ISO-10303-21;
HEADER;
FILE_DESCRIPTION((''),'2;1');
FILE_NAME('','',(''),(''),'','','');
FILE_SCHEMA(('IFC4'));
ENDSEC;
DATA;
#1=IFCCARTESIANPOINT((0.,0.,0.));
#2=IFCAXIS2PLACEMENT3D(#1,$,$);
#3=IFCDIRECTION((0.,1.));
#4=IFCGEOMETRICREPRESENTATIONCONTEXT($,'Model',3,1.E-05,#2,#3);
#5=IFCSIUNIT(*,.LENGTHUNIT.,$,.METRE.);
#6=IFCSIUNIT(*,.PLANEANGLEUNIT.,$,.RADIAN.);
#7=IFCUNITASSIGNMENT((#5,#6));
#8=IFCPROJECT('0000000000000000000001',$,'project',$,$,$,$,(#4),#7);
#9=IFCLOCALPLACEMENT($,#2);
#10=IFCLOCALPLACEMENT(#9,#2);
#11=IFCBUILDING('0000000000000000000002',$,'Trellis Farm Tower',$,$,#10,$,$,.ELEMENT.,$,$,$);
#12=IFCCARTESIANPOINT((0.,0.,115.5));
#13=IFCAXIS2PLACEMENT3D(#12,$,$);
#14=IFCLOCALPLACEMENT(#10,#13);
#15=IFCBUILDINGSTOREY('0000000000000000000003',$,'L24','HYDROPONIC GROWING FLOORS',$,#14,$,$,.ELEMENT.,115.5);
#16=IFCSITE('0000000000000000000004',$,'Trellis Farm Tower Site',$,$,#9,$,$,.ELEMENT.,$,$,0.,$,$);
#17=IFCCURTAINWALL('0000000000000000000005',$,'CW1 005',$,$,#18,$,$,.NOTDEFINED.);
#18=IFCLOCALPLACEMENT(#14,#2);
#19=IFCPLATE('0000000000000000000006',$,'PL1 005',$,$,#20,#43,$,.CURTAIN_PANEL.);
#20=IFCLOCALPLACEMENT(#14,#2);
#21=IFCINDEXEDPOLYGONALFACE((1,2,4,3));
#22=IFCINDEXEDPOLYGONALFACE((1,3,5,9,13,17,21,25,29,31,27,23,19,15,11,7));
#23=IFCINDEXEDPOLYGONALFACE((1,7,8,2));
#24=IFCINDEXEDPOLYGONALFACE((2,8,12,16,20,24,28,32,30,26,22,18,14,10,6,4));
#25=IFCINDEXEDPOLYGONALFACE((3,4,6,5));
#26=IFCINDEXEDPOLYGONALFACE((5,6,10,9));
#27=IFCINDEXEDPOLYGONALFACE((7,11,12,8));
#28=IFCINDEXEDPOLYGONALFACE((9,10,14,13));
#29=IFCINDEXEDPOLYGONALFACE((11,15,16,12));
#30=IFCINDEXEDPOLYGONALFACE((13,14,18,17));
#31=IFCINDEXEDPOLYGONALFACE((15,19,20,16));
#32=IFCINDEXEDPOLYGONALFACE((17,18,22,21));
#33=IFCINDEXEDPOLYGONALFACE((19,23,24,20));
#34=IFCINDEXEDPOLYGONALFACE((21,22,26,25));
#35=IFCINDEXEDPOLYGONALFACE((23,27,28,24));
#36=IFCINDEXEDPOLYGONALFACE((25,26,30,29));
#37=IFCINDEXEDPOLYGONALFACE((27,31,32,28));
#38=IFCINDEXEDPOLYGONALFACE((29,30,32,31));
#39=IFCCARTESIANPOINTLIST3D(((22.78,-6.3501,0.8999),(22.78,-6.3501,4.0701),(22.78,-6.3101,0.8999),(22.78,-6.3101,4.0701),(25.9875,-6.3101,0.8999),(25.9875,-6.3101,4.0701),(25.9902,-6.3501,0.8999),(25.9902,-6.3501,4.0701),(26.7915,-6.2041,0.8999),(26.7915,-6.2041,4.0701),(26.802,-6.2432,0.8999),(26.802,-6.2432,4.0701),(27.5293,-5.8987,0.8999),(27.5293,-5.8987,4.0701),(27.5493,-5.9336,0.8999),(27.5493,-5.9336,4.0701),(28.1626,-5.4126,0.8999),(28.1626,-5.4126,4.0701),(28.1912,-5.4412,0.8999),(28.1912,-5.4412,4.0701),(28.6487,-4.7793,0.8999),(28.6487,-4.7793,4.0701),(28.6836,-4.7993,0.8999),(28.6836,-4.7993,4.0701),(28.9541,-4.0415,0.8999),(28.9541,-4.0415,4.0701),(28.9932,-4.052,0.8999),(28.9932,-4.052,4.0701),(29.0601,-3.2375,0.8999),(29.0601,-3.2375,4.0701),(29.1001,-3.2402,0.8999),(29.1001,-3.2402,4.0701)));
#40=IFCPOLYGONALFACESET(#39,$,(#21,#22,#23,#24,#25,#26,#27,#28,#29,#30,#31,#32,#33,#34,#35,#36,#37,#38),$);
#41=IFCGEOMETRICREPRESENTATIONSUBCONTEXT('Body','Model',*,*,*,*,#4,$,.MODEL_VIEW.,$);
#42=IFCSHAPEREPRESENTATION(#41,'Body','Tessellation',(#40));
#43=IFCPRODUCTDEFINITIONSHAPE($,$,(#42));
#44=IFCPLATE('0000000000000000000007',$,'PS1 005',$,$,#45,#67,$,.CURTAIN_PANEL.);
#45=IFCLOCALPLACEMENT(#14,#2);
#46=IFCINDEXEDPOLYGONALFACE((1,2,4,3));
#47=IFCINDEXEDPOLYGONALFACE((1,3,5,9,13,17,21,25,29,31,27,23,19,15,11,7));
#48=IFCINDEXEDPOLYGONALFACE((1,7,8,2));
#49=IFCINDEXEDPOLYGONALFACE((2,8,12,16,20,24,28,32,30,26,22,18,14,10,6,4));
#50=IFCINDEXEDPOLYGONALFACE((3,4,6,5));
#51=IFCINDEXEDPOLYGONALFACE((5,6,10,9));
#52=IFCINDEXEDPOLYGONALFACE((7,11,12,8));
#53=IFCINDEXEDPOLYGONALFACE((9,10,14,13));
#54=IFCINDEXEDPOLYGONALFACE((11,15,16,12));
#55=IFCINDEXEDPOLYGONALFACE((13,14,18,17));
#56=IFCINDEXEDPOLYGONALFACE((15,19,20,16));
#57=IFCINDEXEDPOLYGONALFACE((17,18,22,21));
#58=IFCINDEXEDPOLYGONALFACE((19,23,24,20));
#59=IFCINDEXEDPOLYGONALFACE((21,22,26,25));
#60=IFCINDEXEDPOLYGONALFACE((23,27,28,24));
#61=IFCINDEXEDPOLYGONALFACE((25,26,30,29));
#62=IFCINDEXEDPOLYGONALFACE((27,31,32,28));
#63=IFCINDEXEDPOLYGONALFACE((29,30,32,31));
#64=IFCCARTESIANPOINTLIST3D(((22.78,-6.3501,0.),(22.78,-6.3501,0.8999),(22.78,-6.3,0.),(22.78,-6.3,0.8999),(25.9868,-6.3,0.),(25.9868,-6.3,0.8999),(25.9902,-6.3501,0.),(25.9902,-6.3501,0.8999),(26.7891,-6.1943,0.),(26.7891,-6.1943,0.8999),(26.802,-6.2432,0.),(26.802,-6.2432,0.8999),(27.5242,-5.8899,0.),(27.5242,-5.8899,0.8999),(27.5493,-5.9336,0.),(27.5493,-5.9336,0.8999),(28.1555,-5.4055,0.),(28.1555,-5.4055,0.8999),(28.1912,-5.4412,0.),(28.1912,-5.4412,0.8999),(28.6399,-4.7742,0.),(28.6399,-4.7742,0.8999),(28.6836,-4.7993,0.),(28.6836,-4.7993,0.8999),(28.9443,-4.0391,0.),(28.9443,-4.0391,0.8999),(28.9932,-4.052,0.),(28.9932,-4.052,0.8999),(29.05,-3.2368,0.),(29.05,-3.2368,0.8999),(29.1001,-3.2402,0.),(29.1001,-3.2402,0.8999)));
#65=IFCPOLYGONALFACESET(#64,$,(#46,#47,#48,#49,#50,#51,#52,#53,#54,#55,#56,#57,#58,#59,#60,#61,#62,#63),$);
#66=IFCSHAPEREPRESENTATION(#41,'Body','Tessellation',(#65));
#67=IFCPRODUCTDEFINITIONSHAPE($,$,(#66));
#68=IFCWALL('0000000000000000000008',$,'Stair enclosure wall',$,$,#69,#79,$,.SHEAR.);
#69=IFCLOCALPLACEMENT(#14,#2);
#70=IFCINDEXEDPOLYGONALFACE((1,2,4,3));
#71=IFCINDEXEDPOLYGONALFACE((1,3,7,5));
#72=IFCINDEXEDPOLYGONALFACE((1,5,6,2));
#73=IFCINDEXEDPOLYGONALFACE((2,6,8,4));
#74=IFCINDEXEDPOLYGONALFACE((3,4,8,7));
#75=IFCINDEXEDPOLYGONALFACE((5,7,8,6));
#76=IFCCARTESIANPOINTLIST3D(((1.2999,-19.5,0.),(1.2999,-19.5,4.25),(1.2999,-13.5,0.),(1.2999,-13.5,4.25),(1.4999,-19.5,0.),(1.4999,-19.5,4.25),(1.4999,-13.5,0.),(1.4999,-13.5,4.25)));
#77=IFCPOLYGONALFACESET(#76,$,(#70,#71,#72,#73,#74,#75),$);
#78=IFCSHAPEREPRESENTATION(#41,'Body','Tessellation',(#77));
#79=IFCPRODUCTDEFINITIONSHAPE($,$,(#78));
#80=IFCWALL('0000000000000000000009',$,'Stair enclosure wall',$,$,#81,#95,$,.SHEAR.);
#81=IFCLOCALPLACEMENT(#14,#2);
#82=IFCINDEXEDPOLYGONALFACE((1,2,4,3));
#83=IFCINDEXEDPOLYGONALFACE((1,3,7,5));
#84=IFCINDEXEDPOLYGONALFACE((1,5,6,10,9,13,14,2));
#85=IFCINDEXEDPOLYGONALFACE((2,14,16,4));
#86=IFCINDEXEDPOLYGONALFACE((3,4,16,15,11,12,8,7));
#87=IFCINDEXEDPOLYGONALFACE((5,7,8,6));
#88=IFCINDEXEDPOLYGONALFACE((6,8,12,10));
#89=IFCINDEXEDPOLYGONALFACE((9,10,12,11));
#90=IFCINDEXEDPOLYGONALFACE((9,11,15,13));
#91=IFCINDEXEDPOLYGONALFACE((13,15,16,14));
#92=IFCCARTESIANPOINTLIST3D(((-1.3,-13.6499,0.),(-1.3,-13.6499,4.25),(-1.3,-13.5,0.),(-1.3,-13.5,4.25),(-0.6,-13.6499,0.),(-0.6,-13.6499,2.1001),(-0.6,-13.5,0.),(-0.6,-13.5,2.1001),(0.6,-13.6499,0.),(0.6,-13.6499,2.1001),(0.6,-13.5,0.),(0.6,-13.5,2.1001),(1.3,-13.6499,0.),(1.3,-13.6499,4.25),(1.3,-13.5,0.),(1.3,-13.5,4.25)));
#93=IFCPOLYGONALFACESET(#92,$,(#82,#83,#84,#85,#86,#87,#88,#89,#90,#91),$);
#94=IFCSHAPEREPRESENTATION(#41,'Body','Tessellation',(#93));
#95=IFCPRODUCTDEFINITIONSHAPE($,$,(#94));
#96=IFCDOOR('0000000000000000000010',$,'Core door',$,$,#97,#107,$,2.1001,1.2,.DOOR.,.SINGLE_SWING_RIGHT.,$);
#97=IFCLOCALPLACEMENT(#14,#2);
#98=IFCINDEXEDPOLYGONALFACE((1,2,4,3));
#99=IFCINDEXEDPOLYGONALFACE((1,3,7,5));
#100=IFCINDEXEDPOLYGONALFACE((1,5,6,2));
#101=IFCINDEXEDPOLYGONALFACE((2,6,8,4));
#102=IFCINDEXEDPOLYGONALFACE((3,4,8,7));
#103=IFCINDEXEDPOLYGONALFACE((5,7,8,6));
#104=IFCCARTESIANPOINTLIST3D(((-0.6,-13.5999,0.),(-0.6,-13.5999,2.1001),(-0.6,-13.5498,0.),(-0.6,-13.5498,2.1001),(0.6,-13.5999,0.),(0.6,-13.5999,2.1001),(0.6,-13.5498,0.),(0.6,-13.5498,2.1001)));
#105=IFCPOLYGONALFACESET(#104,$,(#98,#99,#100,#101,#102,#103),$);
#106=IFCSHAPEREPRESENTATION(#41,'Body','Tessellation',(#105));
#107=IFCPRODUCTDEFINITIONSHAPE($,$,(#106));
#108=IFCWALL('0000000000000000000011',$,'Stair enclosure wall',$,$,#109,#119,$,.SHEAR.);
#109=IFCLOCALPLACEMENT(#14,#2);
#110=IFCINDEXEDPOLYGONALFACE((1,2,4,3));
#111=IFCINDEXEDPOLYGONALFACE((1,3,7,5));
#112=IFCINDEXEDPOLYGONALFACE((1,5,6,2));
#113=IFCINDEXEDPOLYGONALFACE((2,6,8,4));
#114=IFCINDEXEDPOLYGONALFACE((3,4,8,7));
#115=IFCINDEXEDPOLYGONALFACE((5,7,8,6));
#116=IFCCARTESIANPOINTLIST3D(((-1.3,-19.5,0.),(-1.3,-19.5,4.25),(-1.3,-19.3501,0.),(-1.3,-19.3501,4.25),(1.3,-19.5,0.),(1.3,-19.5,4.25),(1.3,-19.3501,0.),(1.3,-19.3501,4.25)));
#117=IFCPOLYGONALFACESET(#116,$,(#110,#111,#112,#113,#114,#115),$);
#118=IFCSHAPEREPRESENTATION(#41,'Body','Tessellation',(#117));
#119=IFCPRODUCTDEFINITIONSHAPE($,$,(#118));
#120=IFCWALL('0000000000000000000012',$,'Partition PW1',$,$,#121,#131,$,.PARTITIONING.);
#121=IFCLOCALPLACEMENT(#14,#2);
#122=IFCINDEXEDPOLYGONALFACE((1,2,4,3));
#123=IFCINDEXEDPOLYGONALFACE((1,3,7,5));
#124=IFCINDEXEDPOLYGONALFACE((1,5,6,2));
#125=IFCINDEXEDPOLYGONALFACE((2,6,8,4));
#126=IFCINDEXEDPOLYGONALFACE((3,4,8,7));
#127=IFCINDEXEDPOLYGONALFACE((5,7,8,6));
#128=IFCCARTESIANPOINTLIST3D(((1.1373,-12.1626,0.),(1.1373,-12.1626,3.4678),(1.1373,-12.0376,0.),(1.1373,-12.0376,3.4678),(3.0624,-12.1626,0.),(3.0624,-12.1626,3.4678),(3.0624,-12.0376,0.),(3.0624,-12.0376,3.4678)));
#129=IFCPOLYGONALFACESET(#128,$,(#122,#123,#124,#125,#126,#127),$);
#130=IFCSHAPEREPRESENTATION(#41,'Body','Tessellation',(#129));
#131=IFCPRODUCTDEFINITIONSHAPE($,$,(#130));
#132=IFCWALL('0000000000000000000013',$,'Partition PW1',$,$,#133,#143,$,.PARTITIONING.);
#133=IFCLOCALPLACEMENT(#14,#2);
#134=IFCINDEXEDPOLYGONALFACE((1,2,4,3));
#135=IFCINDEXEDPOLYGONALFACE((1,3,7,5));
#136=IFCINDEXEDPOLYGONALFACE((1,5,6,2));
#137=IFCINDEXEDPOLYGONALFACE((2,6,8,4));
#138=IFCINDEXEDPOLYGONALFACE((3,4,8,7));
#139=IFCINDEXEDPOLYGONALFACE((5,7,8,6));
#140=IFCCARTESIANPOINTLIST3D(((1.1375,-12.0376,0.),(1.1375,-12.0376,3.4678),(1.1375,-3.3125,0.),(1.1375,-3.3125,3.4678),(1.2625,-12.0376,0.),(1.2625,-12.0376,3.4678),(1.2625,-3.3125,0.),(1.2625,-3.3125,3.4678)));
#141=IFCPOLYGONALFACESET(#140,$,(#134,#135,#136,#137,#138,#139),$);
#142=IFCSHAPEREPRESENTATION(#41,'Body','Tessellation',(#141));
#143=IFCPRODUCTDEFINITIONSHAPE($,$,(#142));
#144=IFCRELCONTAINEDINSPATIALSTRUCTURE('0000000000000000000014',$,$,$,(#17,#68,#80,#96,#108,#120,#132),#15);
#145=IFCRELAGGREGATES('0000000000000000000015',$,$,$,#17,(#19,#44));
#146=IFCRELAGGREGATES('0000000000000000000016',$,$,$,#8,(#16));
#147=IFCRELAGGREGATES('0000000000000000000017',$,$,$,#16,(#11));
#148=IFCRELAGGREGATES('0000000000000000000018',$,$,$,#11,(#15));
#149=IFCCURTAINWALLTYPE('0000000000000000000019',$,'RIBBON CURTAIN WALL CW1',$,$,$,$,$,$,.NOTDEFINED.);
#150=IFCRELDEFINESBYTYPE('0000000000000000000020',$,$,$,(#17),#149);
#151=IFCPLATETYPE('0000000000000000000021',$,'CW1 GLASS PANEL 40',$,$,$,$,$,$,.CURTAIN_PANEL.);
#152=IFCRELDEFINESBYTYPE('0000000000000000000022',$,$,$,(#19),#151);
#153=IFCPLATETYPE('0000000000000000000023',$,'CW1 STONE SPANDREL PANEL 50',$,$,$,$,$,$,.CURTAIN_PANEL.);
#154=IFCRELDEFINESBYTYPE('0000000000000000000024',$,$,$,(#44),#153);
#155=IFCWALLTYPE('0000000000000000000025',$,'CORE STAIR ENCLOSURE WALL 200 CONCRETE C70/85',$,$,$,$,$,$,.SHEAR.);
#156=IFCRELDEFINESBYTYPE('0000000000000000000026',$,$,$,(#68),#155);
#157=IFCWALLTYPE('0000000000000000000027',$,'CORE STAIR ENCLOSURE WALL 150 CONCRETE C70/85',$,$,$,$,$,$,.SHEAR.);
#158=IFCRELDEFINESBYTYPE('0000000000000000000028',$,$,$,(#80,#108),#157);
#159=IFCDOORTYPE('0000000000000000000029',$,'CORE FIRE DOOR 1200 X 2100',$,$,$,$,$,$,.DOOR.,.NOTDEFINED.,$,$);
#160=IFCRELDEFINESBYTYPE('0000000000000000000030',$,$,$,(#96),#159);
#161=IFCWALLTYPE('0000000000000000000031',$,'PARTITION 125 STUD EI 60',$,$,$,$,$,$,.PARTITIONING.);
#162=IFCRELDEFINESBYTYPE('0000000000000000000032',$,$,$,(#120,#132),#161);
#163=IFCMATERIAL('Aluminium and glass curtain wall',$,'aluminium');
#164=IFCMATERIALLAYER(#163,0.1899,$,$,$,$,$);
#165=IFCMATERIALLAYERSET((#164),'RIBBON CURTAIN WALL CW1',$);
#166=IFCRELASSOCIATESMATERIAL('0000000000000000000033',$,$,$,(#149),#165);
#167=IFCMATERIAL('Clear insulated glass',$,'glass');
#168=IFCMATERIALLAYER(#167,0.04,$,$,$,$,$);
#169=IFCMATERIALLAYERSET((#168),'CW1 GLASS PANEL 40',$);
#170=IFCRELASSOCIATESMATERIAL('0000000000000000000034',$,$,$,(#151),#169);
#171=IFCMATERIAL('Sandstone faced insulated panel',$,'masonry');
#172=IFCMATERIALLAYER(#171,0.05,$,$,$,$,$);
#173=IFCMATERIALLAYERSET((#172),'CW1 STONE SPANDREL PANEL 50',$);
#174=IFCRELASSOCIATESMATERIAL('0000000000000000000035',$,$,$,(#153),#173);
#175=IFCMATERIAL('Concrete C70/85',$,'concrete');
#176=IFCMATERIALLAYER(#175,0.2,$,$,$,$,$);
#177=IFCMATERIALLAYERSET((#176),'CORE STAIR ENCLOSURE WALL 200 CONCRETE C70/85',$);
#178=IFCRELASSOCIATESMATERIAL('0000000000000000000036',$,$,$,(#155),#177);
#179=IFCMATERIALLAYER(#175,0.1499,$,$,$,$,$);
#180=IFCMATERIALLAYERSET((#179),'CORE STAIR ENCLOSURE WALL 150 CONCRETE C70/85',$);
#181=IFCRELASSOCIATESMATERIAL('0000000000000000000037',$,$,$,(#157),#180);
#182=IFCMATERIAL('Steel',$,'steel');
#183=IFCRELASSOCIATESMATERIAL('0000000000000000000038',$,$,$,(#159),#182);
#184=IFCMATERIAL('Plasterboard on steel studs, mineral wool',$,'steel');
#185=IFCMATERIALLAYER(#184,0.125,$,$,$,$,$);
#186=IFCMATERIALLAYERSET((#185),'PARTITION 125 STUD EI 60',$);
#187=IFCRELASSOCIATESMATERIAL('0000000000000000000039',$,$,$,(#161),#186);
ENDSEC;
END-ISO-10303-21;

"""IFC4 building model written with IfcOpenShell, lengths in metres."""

from ifc_helpers import new_model, si_unit, direction, frame, frame_2d, origin, place, context, subcontext, project, spatial, polyline, rectangle, outline, extrude, source, transform, mapped, material, layer, layer_set, type_object, element, fill, aggregate, save


model = new_model("IFC4")

# Units and contexts
model_context = context("Model", 3, precision=1e-05, world=origin(), true_north=direction((0.0, 1.0)))
body_context = subcontext(model_context, "Body", "Model", "MODEL_VIEW")
ifc_project = project(units=[si_unit("LENGTHUNIT", "METRE"), si_unit("PLANEANGLEUNIT", "RADIAN")], contexts=[model_context])

# Site, building, storey
site_placement = place(None, origin())
site = spatial("IfcSite", under=ifc_project, at=site_placement, Name="Trellis Farm Tower Site", CompositionType="ELEMENT", RefElevation=0.0)
building_placement = place(site_placement, origin())
building = spatial("IfcBuilding", under=site, at=building_placement, Name="Trellis Farm Tower", CompositionType="ELEMENT")
storey_placement = place(building_placement, frame((0.0, 0.0, 115.5)))
storey = spatial("IfcBuildingStorey", under=building, at=storey_placement, Name="L24", Description="HYDROPONIC GROWING FLOORS", CompositionType="ELEMENT", Elevation=115.5)

# Shared definitions
ifc_material_1 = material(Name="Aluminium and glass curtain wall", Category="aluminium")
placement_1 = place(storey_placement, origin())

# Curtain wall, plates
ifc_layer_1 = layer(ifc_material_1, 0.1899)
ifc_layer_set_1 = layer_set([ifc_layer_1], Name="RIBBON CURTAIN WALL CW1")
curtain_wall_type_1 = type_object("IfcCurtainWallType", Name="RIBBON CURTAIN WALL CW1", PredefinedType="NOTDEFINED", material=ifc_layer_set_1)
curtain_wall_1 = element("IfcCurtainWall", 1, at=placement_1, inside=storey, type_object=curtain_wall_type_1, Name="CW1 005", PredefinedType="NOTDEFINED")
ifc_material_2 = material(Name="Clear insulated glass", Category="glass")
ifc_layer_2 = layer(ifc_material_2, 0.04)
ifc_layer_set_2 = layer_set([ifc_layer_2], Name="CW1 GLASS PANEL 40")
plate_type_1 = type_object("IfcPlateType", Name="CW1 GLASS PANEL 40", PredefinedType="CURTAIN_PANEL", material=ifc_layer_set_2)
shared_shape_1 = source(origin(), body_context, "Body", "SweptSolid", [
    extrude(outline(polyline([(22.78, -6.3501), (25.9902, -6.3501), (26.802, -6.2432), (27.5493, -5.9336), (28.1912, -5.4412), (28.6836, -4.7993), (28.9932, -4.052), (29.1001, -3.2402), (29.0601, -3.2375), (28.9541, -4.0415), (28.6487, -4.7793), (28.1626, -5.4126), (27.5293, -5.8987), (26.7915, -6.2041), (25.9875, -6.3101), (22.78, -6.3101), (22.78, -6.3501)])), origin(), (0.0, 0.0, 1.0), 3.1702),
])
plate_1_placement = place(storey_placement, frame((0.0, 0.0, 0.8999)))
plate_1 = element("IfcPlate", 2, at=plate_1_placement, type_object=plate_type_1, Name="PL1 005", PredefinedType="CURTAIN_PANEL", context=body_context, shape_type="MappedRepresentation", body=[
    mapped(shared_shape_1, transform((0.0, 0.0, 0.0))),
])
ifc_material_3 = material(Name="Sandstone faced insulated panel", Category="masonry")
ifc_layer_3 = layer(ifc_material_3, 0.05)
ifc_layer_set_3 = layer_set([ifc_layer_3], Name="CW1 STONE SPANDREL PANEL 50")
plate_type_2 = type_object("IfcPlateType", Name="CW1 STONE SPANDREL PANEL 50", PredefinedType="CURTAIN_PANEL", material=ifc_layer_set_3)
shared_shape_2 = source(origin(), body_context, "Body", "SweptSolid", [
    extrude(outline(polyline([(22.78, -6.3501), (25.9902, -6.3501), (26.802, -6.2432), (27.5493, -5.9336), (28.1912, -5.4412), (28.6836, -4.7993), (28.9932, -4.052), (29.1001, -3.2402), (29.05, -3.2368), (28.9443, -4.0391), (28.6399, -4.7742), (28.1555, -5.4055), (27.5242, -5.8899), (26.7891, -6.1943), (25.9868, -6.3), (22.78, -6.3), (22.78, -6.3501)])), origin(), (0.0, 0.0, 1.0), 0.8999),
])
plate_2 = element("IfcPlate", 3, at=placement_1, type_object=plate_type_2, Name="PS1 005", PredefinedType="CURTAIN_PANEL", context=body_context, shape_type="MappedRepresentation", body=[
    mapped(shared_shape_2, transform((0.0, 0.0, 0.0))),
])
aggregate(curtain_wall_1, [plate_1, plate_2])

# Wall
ifc_material_4 = material(Name="Concrete C70/85", Category="concrete")
ifc_layer_4 = layer(ifc_material_4, 0.2)
ifc_layer_set_4 = layer_set([ifc_layer_4], Name="CORE STAIR ENCLOSURE WALL 200 CONCRETE C70/85")
wall_type_1 = type_object("IfcWallType", Name="CORE STAIR ENCLOSURE WALL 200 CONCRETE C70/85", PredefinedType="SHEAR", material=ifc_layer_set_4)
shared_shape_3 = source(origin(), body_context, "Body", "SweptSolid", [
    extrude(rectangle(XDim=6.0, YDim=0.2, at=frame_2d((3.0, 0.0))), origin(), (0.0, 0.0, 1.0), 4.25),
])
wall_1_placement = place(storey_placement, frame((1.3999, -13.5, 0.0), z_axis=(0.0, 0.0, 1.0), x_axis=(0.0, -1.0, 0.0)))
element("IfcWall", 4, at=wall_1_placement, inside=storey, type_object=wall_type_1, Name="Stair enclosure wall", PredefinedType="SHEAR", context=body_context, shape_type="MappedRepresentation", body=[
    mapped(shared_shape_3, transform((0.0, 0.0, 0.0))),
])

# Wall, opening, door
ifc_layer_5 = layer(ifc_material_4, 0.1499)
ifc_layer_set_5 = layer_set([ifc_layer_5], Name="CORE STAIR ENCLOSURE WALL 150 CONCRETE C70/85")
wall_type_2 = type_object("IfcWallType", Name="CORE STAIR ENCLOSURE WALL 150 CONCRETE C70/85", PredefinedType="SHEAR", material=ifc_layer_set_5)
shared_shape_4 = source(origin(), body_context, "Body", "SweptSolid", [
    extrude(rectangle(XDim=2.6001, YDim=0.1499, at=frame_2d((1.3, 0.0))), origin(), (0.0, 0.0, 1.0), 4.25),
])
wall_2_placement = place(storey_placement, frame((1.3, -13.575, 0.0), z_axis=(0.0, 0.0, 1.0), x_axis=(-1.0, 0.0, 0.0)))
wall_2 = element("IfcWall", 5, at=wall_2_placement, inside=storey, type_object=wall_type_2, Name="Stair enclosure wall", PredefinedType="SHEAR", context=body_context, shape_type="MappedRepresentation", body=[
    mapped(shared_shape_4, transform((0.0, 0.0, 0.0))),
])
shared_shape_5 = source(origin(), body_context, "Body", "SweptSolid", [
    extrude(rectangle(XDim=1.2, YDim=2.1001, at=frame_2d((0.6001, 1.05))), frame((0.0, 0.085, 0.0), z_axis=(0.0, -1.0, 0.0), x_axis=(1.0, 0.0, 0.0)), (0.0, 0.0, 1.0), 0.1699),
])
opening_1_placement = place(wall_2_placement, frame((0.7, 0.0, 0.0)))
opening_1 = element("IfcOpeningElement", 6, at=opening_1_placement, cuts=wall_2, PredefinedType="OPENING", context=body_context, shape_type="MappedRepresentation", body=[
    mapped(shared_shape_5, transform((0.0, 0.0, 0.0))),
])
ifc_material_5 = material(Name="Steel", Category="steel")
door_type_1 = type_object("IfcDoorType", Name="CORE FIRE DOOR 1200 X 2100", OperationType="NOTDEFINED", PredefinedType="DOOR", material=ifc_material_5)
shared_shape_6 = source(origin(), body_context, "Body", "SweptSolid", [
    extrude(rectangle(XDim=1.2, YDim=2.1001, at=frame_2d((0.6001, 1.05))), frame((0.0, 0.0249, 0.0), z_axis=(0.0, -1.0, 0.0), x_axis=(1.0, 0.0, 0.0)), (0.0, 0.0, 1.0), 0.05),
])
door_1_placement = place(opening_1_placement, origin())
door_1 = element("IfcDoor", 7, at=door_1_placement, inside=storey, type_object=door_type_1, Name="Core door", OperationType="SINGLE_SWING_RIGHT", OverallHeight=2.1001, OverallWidth=1.2, PredefinedType="DOOR", context=body_context, shape_type="MappedRepresentation", body=[
    mapped(shared_shape_6, transform((0.0, 0.0, 0.0))),
])
fill(opening_1, door_1)

# Walls
wall_3_placement = place(storey_placement, frame((1.3, -19.425, 0.0), z_axis=(0.0, 0.0, 1.0), x_axis=(-1.0, 0.0, 0.0)))
element("IfcWall", 8, at=wall_3_placement, inside=storey, type_object=wall_type_2, Name="Stair enclosure wall", PredefinedType="SHEAR", context=body_context, shape_type="MappedRepresentation", body=[
    mapped(shared_shape_4, transform((0.0, 0.0, 0.0))),
])
ifc_material_6 = material(Name="Plasterboard on steel studs, mineral wool", Category="steel")
ifc_layer_6 = layer(ifc_material_6, 0.125)
ifc_layer_set_6 = layer_set([ifc_layer_6], Name="PARTITION 125 STUD EI 60")
wall_type_3 = type_object("IfcWallType", Name="PARTITION 125 STUD EI 60", PredefinedType="PARTITIONING", material=ifc_layer_set_6)
shared_shape_7 = source(origin(), body_context, "Body", "SweptSolid", [
    extrude(rectangle(XDim=1.925, YDim=0.125, at=frame_2d((0.9624, 0.0))), origin(), (0.0, 0.0, 1.0), 3.4678),
])
wall_4_placement = place(storey_placement, frame((1.1375, -12.1001, 0.0), z_axis=(0.0, 0.0, 1.0), x_axis=(1.0, 0.0, 0.0)))
element("IfcWall", 9, at=wall_4_placement, inside=storey, type_object=wall_type_3, Name="Partition PW1", PredefinedType="PARTITIONING", context=body_context, shape_type="MappedRepresentation", body=[
    mapped(shared_shape_7, transform((0.0, 0.0, 0.0))),
])
shared_shape_8 = source(origin(), body_context, "Body", "SweptSolid", [
    extrude(rectangle(XDim=8.7251, YDim=0.125, at=frame_2d((4.3625, 0.0))), origin(), (0.0, 0.0, 1.0), 3.4678),
])
wall_5_placement = place(storey_placement, frame((1.2, -3.3125, 0.0), z_axis=(0.0, 0.0, 1.0), x_axis=(0.0, -1.0, 0.0)))
element("IfcWall", 10, at=wall_5_placement, inside=storey, type_object=wall_type_3, Name="Partition PW1", PredefinedType="PARTITIONING", context=body_context, shape_type="MappedRepresentation", body=[
    mapped(shared_shape_8, transform((0.0, 0.0, 0.0))),
])

save(model, "model.ifc")
